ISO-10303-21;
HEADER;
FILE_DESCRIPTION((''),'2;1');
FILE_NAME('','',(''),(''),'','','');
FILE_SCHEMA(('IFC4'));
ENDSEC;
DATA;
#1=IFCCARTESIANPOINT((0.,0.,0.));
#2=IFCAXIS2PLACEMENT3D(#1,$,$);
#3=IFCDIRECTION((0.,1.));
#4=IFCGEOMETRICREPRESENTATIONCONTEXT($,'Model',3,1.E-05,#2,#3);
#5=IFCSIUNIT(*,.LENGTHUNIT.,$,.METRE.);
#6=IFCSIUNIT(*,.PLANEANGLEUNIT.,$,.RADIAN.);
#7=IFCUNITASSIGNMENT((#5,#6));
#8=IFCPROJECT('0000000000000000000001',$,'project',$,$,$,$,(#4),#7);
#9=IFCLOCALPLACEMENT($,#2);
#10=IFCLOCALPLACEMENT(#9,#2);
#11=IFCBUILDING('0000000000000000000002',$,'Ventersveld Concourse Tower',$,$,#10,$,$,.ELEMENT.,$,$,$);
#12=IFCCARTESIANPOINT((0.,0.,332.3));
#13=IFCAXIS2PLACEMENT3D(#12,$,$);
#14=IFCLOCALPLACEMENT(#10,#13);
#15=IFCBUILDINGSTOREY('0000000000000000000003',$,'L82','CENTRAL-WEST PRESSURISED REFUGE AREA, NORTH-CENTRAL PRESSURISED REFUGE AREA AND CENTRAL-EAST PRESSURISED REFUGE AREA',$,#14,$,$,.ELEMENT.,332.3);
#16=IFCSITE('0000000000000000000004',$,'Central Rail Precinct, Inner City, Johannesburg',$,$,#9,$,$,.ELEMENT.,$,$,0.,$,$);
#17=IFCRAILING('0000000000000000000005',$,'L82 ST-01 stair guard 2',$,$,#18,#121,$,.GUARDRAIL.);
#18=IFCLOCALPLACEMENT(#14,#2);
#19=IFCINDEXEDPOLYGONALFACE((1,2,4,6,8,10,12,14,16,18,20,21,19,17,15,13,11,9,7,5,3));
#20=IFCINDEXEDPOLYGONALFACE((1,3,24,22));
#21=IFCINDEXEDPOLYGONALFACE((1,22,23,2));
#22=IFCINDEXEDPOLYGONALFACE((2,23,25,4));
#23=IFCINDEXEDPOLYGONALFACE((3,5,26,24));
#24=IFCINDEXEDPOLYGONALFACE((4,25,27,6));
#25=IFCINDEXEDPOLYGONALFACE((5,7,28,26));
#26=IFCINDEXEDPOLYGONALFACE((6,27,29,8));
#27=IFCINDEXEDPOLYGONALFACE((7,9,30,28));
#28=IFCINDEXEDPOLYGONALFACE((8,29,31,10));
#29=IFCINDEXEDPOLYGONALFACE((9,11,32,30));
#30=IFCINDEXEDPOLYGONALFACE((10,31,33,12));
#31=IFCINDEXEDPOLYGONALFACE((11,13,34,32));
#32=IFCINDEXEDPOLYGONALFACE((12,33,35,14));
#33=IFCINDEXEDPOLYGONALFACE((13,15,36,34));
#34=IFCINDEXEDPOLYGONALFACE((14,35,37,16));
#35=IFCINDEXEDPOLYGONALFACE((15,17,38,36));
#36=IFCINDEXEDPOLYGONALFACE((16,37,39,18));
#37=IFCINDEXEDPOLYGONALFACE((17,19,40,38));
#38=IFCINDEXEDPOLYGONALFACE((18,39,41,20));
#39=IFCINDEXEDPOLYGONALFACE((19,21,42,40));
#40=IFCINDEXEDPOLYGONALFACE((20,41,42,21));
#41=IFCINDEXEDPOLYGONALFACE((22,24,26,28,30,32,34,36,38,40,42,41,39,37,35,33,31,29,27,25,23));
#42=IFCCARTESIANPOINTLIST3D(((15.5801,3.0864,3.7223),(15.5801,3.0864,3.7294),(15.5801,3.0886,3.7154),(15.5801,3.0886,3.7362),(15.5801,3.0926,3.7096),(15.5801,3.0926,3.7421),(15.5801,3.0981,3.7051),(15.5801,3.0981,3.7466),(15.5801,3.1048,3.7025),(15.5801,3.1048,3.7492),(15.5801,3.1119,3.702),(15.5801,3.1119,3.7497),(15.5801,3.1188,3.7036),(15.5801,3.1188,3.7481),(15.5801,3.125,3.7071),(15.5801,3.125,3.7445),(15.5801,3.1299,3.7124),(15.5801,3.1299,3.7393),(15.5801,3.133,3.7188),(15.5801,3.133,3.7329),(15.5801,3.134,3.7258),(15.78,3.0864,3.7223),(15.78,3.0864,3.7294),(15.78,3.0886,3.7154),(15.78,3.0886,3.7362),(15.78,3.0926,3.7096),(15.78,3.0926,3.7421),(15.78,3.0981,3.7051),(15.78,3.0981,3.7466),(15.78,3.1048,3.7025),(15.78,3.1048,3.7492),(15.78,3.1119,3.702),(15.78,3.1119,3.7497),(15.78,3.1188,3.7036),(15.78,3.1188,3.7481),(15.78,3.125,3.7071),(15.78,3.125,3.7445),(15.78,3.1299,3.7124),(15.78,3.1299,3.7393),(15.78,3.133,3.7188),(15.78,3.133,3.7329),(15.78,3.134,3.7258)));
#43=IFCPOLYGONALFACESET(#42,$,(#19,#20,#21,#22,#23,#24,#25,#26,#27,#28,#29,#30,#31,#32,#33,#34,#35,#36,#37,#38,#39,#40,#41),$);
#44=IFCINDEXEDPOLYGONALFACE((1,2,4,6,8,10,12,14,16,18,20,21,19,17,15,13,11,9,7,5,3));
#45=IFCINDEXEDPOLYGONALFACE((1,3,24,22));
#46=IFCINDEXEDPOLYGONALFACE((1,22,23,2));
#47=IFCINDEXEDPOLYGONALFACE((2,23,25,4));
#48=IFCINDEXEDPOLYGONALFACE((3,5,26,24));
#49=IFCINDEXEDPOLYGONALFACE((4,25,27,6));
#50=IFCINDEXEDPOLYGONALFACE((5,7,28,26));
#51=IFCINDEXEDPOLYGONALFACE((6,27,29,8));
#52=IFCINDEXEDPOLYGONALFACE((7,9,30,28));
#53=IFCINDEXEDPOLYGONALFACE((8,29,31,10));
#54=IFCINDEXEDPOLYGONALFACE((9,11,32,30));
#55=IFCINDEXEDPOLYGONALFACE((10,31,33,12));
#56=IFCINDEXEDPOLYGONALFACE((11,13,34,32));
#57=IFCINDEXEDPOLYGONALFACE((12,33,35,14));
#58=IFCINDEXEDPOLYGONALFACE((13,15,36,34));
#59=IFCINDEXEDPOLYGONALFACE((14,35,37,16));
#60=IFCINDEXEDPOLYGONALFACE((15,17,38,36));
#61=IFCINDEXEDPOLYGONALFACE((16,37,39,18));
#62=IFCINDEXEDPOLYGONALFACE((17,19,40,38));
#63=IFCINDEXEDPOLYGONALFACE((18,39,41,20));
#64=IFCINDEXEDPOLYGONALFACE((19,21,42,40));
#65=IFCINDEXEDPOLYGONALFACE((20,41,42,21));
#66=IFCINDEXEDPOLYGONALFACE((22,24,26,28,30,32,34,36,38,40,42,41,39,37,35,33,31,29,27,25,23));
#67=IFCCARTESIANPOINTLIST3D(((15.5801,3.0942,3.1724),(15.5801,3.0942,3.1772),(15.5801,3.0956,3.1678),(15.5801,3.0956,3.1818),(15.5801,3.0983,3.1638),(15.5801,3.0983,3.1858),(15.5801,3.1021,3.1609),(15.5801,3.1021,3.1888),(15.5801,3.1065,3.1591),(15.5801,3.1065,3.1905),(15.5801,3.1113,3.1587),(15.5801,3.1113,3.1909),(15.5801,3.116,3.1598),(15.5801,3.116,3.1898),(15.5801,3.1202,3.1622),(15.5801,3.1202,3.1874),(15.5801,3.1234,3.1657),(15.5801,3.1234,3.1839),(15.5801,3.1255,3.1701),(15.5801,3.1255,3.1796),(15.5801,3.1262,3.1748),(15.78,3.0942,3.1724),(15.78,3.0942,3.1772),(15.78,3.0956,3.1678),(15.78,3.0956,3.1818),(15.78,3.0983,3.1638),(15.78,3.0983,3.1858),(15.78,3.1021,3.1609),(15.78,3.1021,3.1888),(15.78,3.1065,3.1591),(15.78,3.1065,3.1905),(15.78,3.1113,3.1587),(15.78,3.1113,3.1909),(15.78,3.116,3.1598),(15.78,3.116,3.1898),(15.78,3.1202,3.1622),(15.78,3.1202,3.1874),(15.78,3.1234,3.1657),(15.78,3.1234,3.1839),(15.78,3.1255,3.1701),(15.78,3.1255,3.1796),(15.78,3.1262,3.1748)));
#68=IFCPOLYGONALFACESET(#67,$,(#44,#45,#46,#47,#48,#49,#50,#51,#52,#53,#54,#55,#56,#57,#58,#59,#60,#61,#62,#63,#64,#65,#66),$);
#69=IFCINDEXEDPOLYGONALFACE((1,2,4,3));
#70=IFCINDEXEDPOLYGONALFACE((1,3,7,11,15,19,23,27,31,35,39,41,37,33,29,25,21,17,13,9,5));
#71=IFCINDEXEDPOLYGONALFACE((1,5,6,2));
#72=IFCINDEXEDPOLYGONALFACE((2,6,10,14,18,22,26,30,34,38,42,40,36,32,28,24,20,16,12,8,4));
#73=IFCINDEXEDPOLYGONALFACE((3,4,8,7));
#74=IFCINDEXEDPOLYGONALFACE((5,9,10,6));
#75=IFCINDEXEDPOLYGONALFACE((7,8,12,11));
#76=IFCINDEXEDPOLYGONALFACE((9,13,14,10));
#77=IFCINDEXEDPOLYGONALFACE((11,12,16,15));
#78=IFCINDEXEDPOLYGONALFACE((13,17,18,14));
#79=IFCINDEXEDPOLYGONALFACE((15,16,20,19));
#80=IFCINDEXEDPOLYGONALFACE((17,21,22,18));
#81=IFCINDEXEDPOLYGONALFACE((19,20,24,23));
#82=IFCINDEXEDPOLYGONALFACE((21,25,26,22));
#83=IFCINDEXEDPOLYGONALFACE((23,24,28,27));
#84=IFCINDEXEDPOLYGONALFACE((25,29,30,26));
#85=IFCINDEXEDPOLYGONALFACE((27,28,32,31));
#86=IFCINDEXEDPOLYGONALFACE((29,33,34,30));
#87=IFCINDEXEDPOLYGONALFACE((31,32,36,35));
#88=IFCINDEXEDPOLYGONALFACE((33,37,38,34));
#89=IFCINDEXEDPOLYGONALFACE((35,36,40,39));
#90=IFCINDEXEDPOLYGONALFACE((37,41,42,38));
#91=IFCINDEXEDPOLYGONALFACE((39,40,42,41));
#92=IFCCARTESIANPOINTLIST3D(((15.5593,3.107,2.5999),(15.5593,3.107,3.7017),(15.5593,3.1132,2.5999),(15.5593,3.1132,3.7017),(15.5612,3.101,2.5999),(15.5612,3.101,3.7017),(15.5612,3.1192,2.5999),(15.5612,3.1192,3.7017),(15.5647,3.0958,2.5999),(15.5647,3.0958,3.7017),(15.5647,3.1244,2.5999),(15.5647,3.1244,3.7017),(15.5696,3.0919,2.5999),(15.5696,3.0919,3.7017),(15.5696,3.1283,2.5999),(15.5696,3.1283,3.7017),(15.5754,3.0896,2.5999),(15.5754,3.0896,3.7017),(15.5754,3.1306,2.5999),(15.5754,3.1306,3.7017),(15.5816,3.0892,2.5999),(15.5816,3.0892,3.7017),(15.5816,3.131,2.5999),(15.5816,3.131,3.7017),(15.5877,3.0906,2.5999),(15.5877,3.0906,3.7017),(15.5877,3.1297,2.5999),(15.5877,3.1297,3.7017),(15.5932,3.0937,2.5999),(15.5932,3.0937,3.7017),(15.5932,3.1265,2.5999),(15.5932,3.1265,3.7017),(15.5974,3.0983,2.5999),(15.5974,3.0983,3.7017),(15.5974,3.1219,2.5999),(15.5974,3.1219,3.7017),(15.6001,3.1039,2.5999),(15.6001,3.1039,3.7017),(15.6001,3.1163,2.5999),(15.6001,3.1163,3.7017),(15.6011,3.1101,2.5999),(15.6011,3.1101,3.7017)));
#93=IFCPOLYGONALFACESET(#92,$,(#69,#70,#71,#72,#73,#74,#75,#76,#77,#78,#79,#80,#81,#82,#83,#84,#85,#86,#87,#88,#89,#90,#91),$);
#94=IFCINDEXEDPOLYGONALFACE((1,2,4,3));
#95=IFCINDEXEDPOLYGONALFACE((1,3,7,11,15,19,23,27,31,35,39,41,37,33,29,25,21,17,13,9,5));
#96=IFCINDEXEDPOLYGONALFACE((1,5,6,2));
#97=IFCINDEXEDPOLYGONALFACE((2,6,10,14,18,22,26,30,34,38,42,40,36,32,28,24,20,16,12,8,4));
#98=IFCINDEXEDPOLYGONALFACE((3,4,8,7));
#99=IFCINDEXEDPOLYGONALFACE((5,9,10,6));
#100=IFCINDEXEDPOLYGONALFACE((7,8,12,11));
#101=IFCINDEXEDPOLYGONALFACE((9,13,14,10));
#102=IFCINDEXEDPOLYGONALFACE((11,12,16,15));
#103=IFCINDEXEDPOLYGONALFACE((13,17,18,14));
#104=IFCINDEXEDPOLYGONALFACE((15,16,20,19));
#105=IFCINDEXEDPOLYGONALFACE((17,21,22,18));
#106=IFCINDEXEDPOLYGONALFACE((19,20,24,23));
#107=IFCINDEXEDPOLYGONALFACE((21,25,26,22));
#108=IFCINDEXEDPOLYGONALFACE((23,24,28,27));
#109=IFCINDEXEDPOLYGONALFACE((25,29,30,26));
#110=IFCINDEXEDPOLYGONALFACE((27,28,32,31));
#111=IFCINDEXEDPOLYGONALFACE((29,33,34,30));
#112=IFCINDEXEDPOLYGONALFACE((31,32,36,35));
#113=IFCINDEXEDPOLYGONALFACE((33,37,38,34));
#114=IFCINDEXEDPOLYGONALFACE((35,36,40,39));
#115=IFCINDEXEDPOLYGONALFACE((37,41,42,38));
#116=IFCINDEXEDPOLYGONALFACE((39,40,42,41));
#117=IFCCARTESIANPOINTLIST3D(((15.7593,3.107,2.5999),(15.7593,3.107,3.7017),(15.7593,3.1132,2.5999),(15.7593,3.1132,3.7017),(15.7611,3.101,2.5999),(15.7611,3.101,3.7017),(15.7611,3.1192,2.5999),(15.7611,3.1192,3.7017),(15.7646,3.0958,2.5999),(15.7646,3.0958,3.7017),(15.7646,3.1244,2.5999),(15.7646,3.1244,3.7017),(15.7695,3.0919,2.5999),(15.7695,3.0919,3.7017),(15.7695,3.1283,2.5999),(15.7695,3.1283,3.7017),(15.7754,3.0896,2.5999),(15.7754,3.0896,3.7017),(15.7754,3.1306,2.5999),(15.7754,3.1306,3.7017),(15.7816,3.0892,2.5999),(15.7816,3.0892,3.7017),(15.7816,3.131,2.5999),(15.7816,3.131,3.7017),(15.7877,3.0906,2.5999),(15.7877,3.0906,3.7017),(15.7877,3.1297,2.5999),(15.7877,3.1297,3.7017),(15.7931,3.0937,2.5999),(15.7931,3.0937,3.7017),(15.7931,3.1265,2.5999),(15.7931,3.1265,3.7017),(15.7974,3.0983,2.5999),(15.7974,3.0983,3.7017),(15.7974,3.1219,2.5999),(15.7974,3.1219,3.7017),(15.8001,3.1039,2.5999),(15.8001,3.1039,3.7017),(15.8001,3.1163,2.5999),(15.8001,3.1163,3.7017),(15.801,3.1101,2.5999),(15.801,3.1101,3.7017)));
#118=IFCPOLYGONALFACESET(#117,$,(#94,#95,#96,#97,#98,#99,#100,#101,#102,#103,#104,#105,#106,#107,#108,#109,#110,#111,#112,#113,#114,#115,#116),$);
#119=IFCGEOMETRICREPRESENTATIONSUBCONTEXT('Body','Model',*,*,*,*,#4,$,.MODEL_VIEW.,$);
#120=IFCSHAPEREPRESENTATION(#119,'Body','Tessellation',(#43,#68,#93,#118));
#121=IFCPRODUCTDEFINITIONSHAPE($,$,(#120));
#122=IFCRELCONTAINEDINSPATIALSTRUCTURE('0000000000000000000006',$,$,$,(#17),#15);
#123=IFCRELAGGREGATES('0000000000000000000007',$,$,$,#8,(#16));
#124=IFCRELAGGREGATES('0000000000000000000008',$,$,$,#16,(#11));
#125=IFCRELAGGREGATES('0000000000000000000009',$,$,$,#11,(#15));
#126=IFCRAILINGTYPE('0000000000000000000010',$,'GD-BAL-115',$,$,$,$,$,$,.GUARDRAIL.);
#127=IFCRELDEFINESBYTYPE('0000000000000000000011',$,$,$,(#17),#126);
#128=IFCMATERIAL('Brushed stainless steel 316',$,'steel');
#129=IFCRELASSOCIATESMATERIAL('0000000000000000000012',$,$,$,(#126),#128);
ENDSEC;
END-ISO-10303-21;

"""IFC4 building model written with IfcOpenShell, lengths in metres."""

from ifc_helpers import new_model, si_unit, direction, frame, origin, origin_2d, place, context, subcontext, project, spatial, circle, extrude, material, type_object, element, save


model = new_model("IFC4")

# Units and contexts
model_context = context("Model", 3, precision=1e-05, world=origin(), true_north=direction((0.0, 1.0)))
body_context = subcontext(model_context, "Body", "Model", "MODEL_VIEW")
ifc_project = project(units=[si_unit("LENGTHUNIT", "METRE"), si_unit("PLANEANGLEUNIT", "RADIAN")], contexts=[model_context])

# Site, building, storey
site_placement = place(None, origin())
site = spatial("IfcSite", under=ifc_project, at=site_placement, Name="Central Rail Precinct, Inner City, Johannesburg", CompositionType="ELEMENT", RefElevation=0.0)
building_placement = place(site_placement, origin())
building = spatial("IfcBuilding", under=site, at=building_placement, Name="Ventersveld Concourse Tower", CompositionType="ELEMENT")
storey_placement = place(building_placement, frame((0.0, 0.0, 332.3)))
storey = spatial("IfcBuildingStorey", under=building, at=storey_placement, Name="L82", Description="CENTRAL-WEST PRESSURISED REFUGE AREA, NORTH-CENTRAL PRESSURISED REFUGE AREA AND CENTRAL-EAST PRESSURISED REFUGE AREA", CompositionType="ELEMENT", Elevation=332.3)

# Shared definitions
ifc_material_1 = material(Name="Brushed stainless steel 316", Category="steel")

# Railing
railing_type_1 = type_object("IfcRailingType", Name="GD-BAL-115", PredefinedType="GUARDRAIL", material=ifc_material_1)
railing_1_placement = place(storey_placement, frame((15.5801, 3.1101, 2.5999)))
element("IfcRailing", 1, at=railing_1_placement, inside=storey, type_object=railing_type_1, Name="L82 ST-01 stair guard 2", PredefinedType="GUARDRAIL", context=body_context, shape_type="SweptSolid", body=[
    extrude(circle(Radius=0.0239, at=origin_2d()), frame((0.0, 0.0, 1.126), z_axis=(1.0, 0.0, 0.0), x_axis=(0.0, 1.0, 0.0)), (0.0, 0.0, 1.0), 0.2),
    extrude(circle(Radius=0.0161, at=origin_2d()), frame((0.0, 0.0, 0.575), z_axis=(1.0, 0.0, 0.0), x_axis=(0.0, 1.0, 0.0)), (0.0, 0.0, 1.0), 0.2),
    extrude(circle(Radius=0.021, at=origin_2d()), origin(), (0.0, 0.0, 1.0), 1.1018),
    extrude(circle(Radius=0.021, at=origin_2d()), frame((0.2, 0.0, 0.0)), (0.0, 0.0, 1.0), 1.1018),
])

save(model, "model.ifc")
